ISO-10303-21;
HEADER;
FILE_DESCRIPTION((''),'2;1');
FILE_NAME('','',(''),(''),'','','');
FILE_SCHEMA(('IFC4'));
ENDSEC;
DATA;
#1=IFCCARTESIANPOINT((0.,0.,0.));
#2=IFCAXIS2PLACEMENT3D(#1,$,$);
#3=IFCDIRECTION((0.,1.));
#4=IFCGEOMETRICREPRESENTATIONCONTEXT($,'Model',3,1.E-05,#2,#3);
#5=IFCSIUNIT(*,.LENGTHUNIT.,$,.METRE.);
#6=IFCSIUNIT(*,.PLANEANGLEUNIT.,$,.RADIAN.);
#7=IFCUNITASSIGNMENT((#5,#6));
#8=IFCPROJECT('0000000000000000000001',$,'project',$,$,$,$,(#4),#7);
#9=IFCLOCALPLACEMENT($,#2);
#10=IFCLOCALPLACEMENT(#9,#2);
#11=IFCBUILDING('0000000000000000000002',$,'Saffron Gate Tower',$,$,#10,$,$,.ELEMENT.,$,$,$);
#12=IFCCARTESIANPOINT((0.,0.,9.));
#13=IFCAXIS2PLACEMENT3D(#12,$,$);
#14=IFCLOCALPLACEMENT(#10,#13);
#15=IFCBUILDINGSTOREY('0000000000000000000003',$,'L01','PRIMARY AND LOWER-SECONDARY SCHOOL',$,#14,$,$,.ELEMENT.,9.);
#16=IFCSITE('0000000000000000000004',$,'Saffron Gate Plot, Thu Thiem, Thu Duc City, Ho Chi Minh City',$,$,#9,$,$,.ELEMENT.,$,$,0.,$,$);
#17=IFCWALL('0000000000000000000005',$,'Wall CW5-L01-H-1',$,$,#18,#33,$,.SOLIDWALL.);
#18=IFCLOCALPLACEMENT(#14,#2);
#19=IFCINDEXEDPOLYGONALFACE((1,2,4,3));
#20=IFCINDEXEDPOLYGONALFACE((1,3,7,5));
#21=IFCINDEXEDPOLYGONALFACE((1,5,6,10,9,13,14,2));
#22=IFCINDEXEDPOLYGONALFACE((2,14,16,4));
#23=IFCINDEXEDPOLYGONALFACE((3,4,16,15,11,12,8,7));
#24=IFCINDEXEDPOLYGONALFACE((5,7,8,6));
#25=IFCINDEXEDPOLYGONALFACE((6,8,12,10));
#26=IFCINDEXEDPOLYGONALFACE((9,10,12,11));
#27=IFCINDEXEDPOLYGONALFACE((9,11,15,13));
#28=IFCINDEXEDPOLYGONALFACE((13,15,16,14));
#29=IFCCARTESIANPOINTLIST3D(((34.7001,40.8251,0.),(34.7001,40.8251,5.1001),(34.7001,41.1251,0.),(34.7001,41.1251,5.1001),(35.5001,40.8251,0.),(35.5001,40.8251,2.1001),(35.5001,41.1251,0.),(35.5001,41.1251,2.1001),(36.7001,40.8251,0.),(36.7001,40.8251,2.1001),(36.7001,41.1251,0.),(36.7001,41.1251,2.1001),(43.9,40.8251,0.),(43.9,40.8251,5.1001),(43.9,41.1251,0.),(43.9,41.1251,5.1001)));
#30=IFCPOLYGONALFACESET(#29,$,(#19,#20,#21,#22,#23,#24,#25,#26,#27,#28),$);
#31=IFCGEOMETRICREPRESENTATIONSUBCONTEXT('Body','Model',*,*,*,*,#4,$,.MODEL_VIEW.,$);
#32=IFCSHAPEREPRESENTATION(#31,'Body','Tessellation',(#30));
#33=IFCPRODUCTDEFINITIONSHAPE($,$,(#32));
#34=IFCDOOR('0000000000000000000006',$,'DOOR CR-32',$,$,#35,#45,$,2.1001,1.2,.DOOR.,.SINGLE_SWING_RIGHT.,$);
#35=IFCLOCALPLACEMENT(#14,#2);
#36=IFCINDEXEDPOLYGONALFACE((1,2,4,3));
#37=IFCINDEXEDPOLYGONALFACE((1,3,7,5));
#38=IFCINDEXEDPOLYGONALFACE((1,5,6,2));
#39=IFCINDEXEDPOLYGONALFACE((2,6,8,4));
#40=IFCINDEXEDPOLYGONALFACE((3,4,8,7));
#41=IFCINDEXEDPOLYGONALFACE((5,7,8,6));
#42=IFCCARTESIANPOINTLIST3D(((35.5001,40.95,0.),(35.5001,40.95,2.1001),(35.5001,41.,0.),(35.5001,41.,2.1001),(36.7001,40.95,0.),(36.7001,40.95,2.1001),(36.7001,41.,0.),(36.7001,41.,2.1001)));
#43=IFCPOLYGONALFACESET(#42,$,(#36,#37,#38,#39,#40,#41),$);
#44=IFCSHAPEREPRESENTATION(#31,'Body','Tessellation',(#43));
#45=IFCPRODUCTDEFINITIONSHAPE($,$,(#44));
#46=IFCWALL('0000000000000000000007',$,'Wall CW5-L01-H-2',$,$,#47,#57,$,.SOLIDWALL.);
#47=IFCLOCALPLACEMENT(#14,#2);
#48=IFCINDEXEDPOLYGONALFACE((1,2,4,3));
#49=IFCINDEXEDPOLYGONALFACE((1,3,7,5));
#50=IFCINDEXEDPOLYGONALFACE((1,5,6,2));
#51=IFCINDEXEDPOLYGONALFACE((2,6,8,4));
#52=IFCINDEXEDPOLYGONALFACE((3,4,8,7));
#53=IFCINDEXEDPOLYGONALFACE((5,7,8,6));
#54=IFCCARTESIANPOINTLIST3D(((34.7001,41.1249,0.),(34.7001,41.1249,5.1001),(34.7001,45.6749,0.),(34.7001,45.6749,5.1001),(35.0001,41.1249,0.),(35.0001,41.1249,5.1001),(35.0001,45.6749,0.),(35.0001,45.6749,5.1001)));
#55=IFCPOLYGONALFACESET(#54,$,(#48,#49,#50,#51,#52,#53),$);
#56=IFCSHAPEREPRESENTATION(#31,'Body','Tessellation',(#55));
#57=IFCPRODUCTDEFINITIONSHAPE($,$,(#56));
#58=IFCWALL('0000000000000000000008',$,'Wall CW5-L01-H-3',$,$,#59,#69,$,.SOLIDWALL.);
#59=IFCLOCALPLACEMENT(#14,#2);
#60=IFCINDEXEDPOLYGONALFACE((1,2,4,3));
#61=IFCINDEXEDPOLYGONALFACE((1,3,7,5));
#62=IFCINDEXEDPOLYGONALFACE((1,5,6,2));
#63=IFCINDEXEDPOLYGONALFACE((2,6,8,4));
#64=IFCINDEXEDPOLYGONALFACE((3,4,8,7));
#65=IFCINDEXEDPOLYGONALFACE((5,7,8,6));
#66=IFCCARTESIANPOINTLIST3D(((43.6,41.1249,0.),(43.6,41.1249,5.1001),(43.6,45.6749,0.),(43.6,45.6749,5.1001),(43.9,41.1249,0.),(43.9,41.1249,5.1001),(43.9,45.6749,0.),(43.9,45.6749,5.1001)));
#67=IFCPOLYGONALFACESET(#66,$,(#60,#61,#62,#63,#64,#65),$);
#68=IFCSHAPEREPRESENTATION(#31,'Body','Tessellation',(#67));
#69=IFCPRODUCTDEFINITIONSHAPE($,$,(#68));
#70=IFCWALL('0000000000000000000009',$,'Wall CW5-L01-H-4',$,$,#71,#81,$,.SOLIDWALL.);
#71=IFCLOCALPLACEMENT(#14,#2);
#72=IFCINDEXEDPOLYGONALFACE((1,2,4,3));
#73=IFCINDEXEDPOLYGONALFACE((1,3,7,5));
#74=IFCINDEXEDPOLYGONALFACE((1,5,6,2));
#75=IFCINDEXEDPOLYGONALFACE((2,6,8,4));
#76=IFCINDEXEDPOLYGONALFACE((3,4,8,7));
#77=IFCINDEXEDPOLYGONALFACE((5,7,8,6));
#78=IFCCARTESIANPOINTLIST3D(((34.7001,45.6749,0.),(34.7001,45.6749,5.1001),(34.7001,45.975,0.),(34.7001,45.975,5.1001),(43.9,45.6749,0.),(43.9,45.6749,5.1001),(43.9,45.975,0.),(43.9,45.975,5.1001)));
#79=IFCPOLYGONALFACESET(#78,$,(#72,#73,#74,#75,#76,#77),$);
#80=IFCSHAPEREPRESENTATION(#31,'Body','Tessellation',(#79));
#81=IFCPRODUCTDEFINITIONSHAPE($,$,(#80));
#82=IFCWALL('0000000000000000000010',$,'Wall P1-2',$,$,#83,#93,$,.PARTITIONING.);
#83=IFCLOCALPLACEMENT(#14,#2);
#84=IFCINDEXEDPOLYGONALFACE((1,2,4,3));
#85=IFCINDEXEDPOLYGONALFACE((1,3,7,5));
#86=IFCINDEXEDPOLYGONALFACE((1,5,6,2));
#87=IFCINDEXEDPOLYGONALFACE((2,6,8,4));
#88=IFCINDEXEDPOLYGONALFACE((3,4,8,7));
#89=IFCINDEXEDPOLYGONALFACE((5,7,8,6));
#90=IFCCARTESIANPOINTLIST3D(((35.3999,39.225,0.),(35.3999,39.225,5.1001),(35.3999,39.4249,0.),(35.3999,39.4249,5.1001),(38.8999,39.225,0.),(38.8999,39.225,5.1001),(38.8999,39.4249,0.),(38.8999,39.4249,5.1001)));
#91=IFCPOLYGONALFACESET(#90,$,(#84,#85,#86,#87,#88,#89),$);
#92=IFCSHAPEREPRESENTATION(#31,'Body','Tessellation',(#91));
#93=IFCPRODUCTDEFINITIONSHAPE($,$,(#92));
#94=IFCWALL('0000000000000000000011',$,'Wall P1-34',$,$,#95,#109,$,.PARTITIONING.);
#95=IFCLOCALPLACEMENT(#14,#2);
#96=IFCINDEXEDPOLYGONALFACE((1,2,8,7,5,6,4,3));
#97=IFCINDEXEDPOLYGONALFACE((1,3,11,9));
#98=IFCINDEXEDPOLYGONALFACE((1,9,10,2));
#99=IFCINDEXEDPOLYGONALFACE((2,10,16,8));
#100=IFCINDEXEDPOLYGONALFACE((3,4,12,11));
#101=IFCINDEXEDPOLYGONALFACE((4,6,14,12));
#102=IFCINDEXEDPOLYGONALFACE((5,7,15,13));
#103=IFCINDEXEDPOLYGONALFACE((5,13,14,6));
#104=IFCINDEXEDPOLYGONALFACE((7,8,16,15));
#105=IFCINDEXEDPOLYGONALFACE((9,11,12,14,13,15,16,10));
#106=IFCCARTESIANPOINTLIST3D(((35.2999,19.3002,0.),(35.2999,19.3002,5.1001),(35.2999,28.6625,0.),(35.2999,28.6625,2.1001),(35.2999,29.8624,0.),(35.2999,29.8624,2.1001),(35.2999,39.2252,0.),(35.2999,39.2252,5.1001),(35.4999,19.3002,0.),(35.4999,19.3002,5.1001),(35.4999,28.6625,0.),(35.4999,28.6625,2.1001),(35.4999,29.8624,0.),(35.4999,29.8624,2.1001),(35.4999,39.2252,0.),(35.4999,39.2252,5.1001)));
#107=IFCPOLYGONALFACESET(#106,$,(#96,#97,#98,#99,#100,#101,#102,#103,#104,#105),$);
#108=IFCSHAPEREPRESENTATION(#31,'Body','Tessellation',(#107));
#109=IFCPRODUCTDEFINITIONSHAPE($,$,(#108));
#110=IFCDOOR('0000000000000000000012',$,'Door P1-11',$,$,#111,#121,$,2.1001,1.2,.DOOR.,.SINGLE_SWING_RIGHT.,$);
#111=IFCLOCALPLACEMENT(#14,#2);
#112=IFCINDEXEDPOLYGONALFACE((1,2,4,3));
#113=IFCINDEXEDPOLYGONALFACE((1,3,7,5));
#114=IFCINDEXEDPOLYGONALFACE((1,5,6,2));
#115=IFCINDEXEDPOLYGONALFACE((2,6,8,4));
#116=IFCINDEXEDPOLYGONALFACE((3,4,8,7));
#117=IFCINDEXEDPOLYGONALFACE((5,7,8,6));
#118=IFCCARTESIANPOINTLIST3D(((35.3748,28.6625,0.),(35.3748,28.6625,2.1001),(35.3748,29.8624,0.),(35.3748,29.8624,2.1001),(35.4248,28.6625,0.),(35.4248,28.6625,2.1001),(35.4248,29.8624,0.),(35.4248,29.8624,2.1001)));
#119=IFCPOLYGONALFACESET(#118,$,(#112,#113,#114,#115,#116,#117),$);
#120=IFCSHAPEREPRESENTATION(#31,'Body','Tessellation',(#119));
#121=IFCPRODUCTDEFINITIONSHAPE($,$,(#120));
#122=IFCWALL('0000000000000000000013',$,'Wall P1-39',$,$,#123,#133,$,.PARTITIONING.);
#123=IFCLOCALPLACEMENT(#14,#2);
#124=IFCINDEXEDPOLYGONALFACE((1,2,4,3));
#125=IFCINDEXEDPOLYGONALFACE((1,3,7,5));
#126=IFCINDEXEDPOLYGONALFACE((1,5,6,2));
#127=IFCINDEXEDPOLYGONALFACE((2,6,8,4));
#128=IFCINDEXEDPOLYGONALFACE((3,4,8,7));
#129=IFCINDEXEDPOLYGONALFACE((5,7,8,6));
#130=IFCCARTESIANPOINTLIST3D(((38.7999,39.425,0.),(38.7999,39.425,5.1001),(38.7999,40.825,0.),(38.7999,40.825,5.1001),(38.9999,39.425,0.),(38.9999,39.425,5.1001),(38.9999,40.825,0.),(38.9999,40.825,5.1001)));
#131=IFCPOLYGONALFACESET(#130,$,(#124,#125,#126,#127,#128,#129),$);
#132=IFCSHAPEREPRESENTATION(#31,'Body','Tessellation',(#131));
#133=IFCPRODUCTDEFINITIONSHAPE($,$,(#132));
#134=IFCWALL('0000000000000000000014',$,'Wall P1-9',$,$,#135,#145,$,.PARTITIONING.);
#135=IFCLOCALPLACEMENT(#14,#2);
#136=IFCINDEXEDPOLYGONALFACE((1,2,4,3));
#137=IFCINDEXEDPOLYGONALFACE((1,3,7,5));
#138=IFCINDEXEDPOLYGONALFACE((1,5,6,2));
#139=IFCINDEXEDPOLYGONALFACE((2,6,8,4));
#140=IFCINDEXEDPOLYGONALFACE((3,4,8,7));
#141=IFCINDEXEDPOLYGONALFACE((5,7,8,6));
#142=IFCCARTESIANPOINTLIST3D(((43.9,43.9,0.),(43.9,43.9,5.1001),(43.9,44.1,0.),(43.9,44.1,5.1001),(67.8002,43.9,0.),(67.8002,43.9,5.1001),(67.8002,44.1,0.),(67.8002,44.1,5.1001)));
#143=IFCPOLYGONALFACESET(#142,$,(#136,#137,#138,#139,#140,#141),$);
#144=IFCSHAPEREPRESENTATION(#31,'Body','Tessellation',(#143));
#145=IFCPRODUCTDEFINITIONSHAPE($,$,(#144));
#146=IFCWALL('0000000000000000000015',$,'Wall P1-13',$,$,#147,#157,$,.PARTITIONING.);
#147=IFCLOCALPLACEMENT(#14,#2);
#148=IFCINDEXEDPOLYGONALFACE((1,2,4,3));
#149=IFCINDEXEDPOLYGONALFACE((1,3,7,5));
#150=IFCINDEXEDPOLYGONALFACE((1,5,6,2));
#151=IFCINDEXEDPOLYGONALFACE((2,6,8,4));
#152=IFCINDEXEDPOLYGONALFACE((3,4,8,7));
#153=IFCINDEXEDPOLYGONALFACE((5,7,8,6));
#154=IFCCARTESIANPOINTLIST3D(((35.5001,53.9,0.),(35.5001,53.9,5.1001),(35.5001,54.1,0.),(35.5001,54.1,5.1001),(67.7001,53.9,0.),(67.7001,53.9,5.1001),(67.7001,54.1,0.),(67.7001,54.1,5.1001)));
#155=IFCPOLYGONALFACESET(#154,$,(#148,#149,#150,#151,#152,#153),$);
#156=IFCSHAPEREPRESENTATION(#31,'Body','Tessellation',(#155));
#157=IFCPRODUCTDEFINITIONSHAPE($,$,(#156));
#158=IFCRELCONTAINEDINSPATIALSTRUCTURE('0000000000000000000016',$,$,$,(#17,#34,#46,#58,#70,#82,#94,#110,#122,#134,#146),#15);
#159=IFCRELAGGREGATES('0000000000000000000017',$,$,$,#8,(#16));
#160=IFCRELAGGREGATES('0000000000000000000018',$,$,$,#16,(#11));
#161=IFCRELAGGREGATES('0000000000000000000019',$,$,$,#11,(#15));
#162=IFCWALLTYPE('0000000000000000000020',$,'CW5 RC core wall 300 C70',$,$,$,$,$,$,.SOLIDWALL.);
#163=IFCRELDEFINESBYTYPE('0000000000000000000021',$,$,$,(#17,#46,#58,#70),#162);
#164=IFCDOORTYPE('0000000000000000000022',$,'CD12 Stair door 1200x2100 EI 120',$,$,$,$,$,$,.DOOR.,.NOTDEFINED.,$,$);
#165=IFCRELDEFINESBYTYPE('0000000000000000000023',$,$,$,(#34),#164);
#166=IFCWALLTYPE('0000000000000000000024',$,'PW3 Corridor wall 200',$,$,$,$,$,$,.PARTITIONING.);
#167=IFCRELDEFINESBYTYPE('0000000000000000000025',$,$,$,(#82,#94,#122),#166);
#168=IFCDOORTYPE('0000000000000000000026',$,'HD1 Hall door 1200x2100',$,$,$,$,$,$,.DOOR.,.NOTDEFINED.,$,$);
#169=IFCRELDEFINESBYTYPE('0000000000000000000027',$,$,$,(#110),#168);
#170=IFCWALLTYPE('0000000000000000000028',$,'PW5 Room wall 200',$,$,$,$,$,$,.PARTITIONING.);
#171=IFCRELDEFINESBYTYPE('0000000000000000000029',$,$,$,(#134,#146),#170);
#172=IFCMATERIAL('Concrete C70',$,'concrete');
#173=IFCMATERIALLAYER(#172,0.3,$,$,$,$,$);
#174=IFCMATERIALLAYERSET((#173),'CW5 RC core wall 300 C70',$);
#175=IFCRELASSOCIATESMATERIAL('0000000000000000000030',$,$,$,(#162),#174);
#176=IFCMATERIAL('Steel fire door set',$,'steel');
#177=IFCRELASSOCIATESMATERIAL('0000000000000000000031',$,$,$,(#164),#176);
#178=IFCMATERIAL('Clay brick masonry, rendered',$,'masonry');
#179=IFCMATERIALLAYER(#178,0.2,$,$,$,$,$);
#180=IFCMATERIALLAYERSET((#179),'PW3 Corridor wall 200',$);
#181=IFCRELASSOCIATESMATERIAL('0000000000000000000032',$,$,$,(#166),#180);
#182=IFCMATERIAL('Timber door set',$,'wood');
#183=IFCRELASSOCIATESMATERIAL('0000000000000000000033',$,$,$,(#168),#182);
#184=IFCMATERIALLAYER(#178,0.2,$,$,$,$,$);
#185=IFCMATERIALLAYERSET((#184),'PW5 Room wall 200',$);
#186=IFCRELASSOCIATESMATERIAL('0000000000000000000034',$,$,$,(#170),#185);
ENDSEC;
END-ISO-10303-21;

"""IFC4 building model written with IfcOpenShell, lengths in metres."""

from ifc_helpers import new_model, si_unit, direction, frame, frame_2d, origin, place, context, subcontext, project, spatial, rectangle, extrude, material, layer, layer_set, type_object, element, fill, save


model = new_model("IFC4")

# Units and contexts
model_context = context("Model", 3, precision=1e-05, world=origin(), true_north=direction((0.0, 1.0)))
body_context = subcontext(model_context, "Body", "Model", "MODEL_VIEW")
ifc_project = project(units=[si_unit("LENGTHUNIT", "METRE"), si_unit("PLANEANGLEUNIT", "RADIAN")], contexts=[model_context])

# Site, building, storey
site_placement = place(None, origin())
site = spatial("IfcSite", under=ifc_project, at=site_placement, Name="Saffron Gate Plot, Thu Thiem, Thu Duc City, Ho Chi Minh City", CompositionType="ELEMENT", RefElevation=0.0)
building_placement = place(site_placement, origin())
building = spatial("IfcBuilding", under=site, at=building_placement, Name="Saffron Gate Tower", CompositionType="ELEMENT")
storey_placement = place(building_placement, frame((0.0, 0.0, 9.0)))
storey = spatial("IfcBuildingStorey", under=building, at=storey_placement, Name="L01", Description="PRIMARY AND LOWER-SECONDARY SCHOOL", CompositionType="ELEMENT", Elevation=9.0)

# Wall, opening, door
ifc_material_1 = material(Name="Concrete C70", Category="concrete")
ifc_layer_1 = layer(ifc_material_1, 0.3)
ifc_layer_set_1 = layer_set([ifc_layer_1], Name="CW5 RC core wall 300 C70")
wall_type_1 = type_object("IfcWallType", Name="CW5 RC core wall 300 C70", PredefinedType="SOLIDWALL", material=ifc_layer_set_1)
wall_1_placement = place(storey_placement, frame((34.7, 40.9751, 0.0), z_axis=(0.0, 0.0, 1.0), x_axis=(1.0, 0.0, 0.0)))
wall_1 = element("IfcWall", 1, at=wall_1_placement, inside=storey, type_object=wall_type_1, Name="Wall CW5-L01-H-1", PredefinedType="SOLIDWALL", context=body_context, shape_type="SweptSolid", body=[
    extrude(rectangle(XDim=9.2, YDim=0.3, at=frame_2d((4.6001, 0.0))), origin(), (0.0, 0.0, 1.0), 5.1001),
])
opening_1_placement = place(wall_1_placement, frame((0.8, 0.0, 0.0)))
opening_1 = element("IfcOpeningElement", 2, at=opening_1_placement, cuts=wall_1, PredefinedType="OPENING", context=body_context, shape_type="SweptSolid", body=[
    extrude(rectangle(XDim=1.2, YDim=2.1001, at=frame_2d((0.6001, 1.05))), frame((0.0, 0.1602, 0.0), z_axis=(0.0, -1.0, 0.0), x_axis=(1.0, 0.0, 0.0)), (0.0, 0.0, 1.0), 0.3201),
])
ifc_material_2 = material(Name="Steel fire door set", Category="steel")
door_type_1 = type_object("IfcDoorType", Name="CD12 Stair door 1200x2100 EI 120", OperationType="NOTDEFINED", PredefinedType="DOOR", material=ifc_material_2)
door_1_placement = place(opening_1_placement, origin())
door_1 = element("IfcDoor", 3, at=door_1_placement, inside=storey, type_object=door_type_1, Name="DOOR CR-32", OperationType="SINGLE_SWING_RIGHT", OverallHeight=2.1001, OverallWidth=1.2, PredefinedType="DOOR", context=body_context, shape_type="SweptSolid", body=[
    extrude(rectangle(XDim=1.2, YDim=2.1001, at=frame_2d((0.6001, 1.05))), frame((0.0, 0.0249, 0.0), z_axis=(0.0, -1.0, 0.0), x_axis=(1.0, 0.0, 0.0)), (0.0, 0.0, 1.0), 0.05),
])
fill(opening_1, door_1)

# Walls
for number, where, z_axis, x_axis, name in (
    (4, (34.8501, 41.125, 0.0), (0.0, 0.0, 1.0), (0.0, 1.0, 0.0), "Wall CW5-L01-H-2"),
    (5, (43.75, 41.125, 0.0), (0.0, 0.0, 1.0), (0.0, 1.0, 0.0), "Wall CW5-L01-H-3"),
):
    element("IfcWall", number, at=place(storey_placement, frame(where, z_axis=z_axis, x_axis=x_axis)), inside=storey, type_object=wall_type_1, Name=name, PredefinedType="SOLIDWALL", context=body_context, shape_type="SweptSolid", body=[
        extrude(rectangle(XDim=4.55, YDim=0.3, at=frame_2d((2.2749, 0.0))), origin(), (0.0, 0.0, 1.0), 5.1001),
    ])
wall_2_placement = place(storey_placement, frame((34.7, 45.825, 0.0), z_axis=(0.0, 0.0, 1.0), x_axis=(1.0, 0.0, 0.0)))
element("IfcWall", 6, at=wall_2_placement, inside=storey, type_object=wall_type_1, Name="Wall CW5-L01-H-4", PredefinedType="SOLIDWALL", context=body_context, shape_type="SweptSolid", body=[
    extrude(rectangle(XDim=9.2, YDim=0.3, at=frame_2d((4.6001, 0.0))), origin(), (0.0, 0.0, 1.0), 5.1001),
])
ifc_material_3 = material(Name="Clay brick masonry, rendered", Category="masonry")
ifc_layer_2 = layer(ifc_material_3, 0.2)
ifc_layer_set_2 = layer_set([ifc_layer_2], Name="PW3 Corridor wall 200")
wall_type_2 = type_object("IfcWallType", Name="PW3 Corridor wall 200", PredefinedType="PARTITIONING", material=ifc_layer_set_2)
wall_3_placement = place(storey_placement, frame((35.3999, 39.325, 0.0), z_axis=(0.0, 0.0, 1.0), x_axis=(1.0, 0.0, 0.0)))
element("IfcWall", 7, at=wall_3_placement, inside=storey, type_object=wall_type_2, Name="Wall P1-2", PredefinedType="PARTITIONING", context=body_context, shape_type="SweptSolid", body=[
    extrude(rectangle(XDim=3.5, YDim=0.2, at=frame_2d((1.75, 0.0))), origin(), (0.0, 0.0, 1.0), 5.1001),
])

# Wall, opening, door
wall_4_placement = place(storey_placement, frame((35.3999, 39.2251, 0.0), z_axis=(0.0, 0.0, 1.0), x_axis=(0.0, -1.0, 0.0)))
wall_4 = element("IfcWall", 8, at=wall_4_placement, inside=storey, type_object=wall_type_2, Name="Wall P1-34", PredefinedType="PARTITIONING", context=body_context, shape_type="SweptSolid", body=[
    extrude(rectangle(XDim=19.925, YDim=0.2, at=frame_2d((9.9624, 0.0))), origin(), (0.0, 0.0, 1.0), 5.1001),
])
opening_2_placement = place(wall_4_placement, frame((9.3625, 0.0, 0.0)))
opening_2 = element("IfcOpeningElement", 9, at=opening_2_placement, cuts=wall_4, PredefinedType="OPENING", context=body_context, shape_type="SweptSolid", body=[
    extrude(rectangle(XDim=1.2, YDim=2.1001, at=frame_2d((0.6001, 1.05))), frame((0.0, 0.1099, 0.0), z_axis=(0.0, -1.0, 0.0), x_axis=(1.0, 0.0, 0.0)), (0.0, 0.0, 1.0), 0.22),
])
ifc_material_4 = material(Name="Timber door set", Category="wood")
door_type_2 = type_object("IfcDoorType", Name="HD1 Hall door 1200x2100", OperationType="NOTDEFINED", PredefinedType="DOOR", material=ifc_material_4)
door_2_placement = place(opening_2_placement, origin())
door_2 = element("IfcDoor", 10, at=door_2_placement, inside=storey, type_object=door_type_2, Name="Door P1-11", OperationType="SINGLE_SWING_RIGHT", OverallHeight=2.1001, OverallWidth=1.2, PredefinedType="DOOR", context=body_context, shape_type="SweptSolid", body=[
    extrude(rectangle(XDim=1.2, YDim=2.1001, at=frame_2d((0.6001, 1.05))), frame((0.0, 0.0249, 0.0), z_axis=(0.0, -1.0, 0.0), x_axis=(1.0, 0.0, 0.0)), (0.0, 0.0, 1.0), 0.05),
])
fill(opening_2, door_2)

# Walls
wall_5_placement = place(storey_placement, frame((38.8999, 40.825, 0.0), z_axis=(0.0, 0.0, 1.0), x_axis=(0.0, -1.0, 0.0)))
element("IfcWall", 11, at=wall_5_placement, inside=storey, type_object=wall_type_2, Name="Wall P1-39", PredefinedType="PARTITIONING", context=body_context, shape_type="SweptSolid", body=[
    extrude(rectangle(XDim=1.3999, YDim=0.2, at=frame_2d((0.7, 0.0))), origin(), (0.0, 0.0, 1.0), 5.1001),
])
ifc_layer_3 = layer(ifc_material_3, 0.2)
ifc_layer_set_3 = layer_set([ifc_layer_3], Name="PW5 Room wall 200")
wall_type_3 = type_object("IfcWallType", Name="PW5 Room wall 200", PredefinedType="PARTITIONING", material=ifc_layer_set_3)
wall_6_placement = place(storey_placement, frame((43.8999, 44.0, 0.0), z_axis=(0.0, 0.0, 1.0), x_axis=(1.0, 0.0, 0.0)))
element("IfcWall", 12, at=wall_6_placement, inside=storey, type_object=wall_type_3, Name="Wall P1-9", PredefinedType="PARTITIONING", context=body_context, shape_type="SweptSolid", body=[
    extrude(rectangle(XDim=23.9001, YDim=0.2, at=frame_2d((11.9502, 0.0))), origin(), (0.0, 0.0, 1.0), 5.1001),
])
wall_7_placement = place(storey_placement, frame((35.5, 54.0, 0.0), z_axis=(0.0, 0.0, 1.0), x_axis=(1.0, 0.0, 0.0)))
element("IfcWall", 13, at=wall_7_placement, inside=storey, type_object=wall_type_3, Name="Wall P1-13", PredefinedType="PARTITIONING", context=body_context, shape_type="SweptSolid", body=[
    extrude(rectangle(XDim=32.2, YDim=0.2, at=frame_2d((16.1001, 0.0))), origin(), (0.0, 0.0, 1.0), 5.1001),
])

save(model, "model.ifc")
